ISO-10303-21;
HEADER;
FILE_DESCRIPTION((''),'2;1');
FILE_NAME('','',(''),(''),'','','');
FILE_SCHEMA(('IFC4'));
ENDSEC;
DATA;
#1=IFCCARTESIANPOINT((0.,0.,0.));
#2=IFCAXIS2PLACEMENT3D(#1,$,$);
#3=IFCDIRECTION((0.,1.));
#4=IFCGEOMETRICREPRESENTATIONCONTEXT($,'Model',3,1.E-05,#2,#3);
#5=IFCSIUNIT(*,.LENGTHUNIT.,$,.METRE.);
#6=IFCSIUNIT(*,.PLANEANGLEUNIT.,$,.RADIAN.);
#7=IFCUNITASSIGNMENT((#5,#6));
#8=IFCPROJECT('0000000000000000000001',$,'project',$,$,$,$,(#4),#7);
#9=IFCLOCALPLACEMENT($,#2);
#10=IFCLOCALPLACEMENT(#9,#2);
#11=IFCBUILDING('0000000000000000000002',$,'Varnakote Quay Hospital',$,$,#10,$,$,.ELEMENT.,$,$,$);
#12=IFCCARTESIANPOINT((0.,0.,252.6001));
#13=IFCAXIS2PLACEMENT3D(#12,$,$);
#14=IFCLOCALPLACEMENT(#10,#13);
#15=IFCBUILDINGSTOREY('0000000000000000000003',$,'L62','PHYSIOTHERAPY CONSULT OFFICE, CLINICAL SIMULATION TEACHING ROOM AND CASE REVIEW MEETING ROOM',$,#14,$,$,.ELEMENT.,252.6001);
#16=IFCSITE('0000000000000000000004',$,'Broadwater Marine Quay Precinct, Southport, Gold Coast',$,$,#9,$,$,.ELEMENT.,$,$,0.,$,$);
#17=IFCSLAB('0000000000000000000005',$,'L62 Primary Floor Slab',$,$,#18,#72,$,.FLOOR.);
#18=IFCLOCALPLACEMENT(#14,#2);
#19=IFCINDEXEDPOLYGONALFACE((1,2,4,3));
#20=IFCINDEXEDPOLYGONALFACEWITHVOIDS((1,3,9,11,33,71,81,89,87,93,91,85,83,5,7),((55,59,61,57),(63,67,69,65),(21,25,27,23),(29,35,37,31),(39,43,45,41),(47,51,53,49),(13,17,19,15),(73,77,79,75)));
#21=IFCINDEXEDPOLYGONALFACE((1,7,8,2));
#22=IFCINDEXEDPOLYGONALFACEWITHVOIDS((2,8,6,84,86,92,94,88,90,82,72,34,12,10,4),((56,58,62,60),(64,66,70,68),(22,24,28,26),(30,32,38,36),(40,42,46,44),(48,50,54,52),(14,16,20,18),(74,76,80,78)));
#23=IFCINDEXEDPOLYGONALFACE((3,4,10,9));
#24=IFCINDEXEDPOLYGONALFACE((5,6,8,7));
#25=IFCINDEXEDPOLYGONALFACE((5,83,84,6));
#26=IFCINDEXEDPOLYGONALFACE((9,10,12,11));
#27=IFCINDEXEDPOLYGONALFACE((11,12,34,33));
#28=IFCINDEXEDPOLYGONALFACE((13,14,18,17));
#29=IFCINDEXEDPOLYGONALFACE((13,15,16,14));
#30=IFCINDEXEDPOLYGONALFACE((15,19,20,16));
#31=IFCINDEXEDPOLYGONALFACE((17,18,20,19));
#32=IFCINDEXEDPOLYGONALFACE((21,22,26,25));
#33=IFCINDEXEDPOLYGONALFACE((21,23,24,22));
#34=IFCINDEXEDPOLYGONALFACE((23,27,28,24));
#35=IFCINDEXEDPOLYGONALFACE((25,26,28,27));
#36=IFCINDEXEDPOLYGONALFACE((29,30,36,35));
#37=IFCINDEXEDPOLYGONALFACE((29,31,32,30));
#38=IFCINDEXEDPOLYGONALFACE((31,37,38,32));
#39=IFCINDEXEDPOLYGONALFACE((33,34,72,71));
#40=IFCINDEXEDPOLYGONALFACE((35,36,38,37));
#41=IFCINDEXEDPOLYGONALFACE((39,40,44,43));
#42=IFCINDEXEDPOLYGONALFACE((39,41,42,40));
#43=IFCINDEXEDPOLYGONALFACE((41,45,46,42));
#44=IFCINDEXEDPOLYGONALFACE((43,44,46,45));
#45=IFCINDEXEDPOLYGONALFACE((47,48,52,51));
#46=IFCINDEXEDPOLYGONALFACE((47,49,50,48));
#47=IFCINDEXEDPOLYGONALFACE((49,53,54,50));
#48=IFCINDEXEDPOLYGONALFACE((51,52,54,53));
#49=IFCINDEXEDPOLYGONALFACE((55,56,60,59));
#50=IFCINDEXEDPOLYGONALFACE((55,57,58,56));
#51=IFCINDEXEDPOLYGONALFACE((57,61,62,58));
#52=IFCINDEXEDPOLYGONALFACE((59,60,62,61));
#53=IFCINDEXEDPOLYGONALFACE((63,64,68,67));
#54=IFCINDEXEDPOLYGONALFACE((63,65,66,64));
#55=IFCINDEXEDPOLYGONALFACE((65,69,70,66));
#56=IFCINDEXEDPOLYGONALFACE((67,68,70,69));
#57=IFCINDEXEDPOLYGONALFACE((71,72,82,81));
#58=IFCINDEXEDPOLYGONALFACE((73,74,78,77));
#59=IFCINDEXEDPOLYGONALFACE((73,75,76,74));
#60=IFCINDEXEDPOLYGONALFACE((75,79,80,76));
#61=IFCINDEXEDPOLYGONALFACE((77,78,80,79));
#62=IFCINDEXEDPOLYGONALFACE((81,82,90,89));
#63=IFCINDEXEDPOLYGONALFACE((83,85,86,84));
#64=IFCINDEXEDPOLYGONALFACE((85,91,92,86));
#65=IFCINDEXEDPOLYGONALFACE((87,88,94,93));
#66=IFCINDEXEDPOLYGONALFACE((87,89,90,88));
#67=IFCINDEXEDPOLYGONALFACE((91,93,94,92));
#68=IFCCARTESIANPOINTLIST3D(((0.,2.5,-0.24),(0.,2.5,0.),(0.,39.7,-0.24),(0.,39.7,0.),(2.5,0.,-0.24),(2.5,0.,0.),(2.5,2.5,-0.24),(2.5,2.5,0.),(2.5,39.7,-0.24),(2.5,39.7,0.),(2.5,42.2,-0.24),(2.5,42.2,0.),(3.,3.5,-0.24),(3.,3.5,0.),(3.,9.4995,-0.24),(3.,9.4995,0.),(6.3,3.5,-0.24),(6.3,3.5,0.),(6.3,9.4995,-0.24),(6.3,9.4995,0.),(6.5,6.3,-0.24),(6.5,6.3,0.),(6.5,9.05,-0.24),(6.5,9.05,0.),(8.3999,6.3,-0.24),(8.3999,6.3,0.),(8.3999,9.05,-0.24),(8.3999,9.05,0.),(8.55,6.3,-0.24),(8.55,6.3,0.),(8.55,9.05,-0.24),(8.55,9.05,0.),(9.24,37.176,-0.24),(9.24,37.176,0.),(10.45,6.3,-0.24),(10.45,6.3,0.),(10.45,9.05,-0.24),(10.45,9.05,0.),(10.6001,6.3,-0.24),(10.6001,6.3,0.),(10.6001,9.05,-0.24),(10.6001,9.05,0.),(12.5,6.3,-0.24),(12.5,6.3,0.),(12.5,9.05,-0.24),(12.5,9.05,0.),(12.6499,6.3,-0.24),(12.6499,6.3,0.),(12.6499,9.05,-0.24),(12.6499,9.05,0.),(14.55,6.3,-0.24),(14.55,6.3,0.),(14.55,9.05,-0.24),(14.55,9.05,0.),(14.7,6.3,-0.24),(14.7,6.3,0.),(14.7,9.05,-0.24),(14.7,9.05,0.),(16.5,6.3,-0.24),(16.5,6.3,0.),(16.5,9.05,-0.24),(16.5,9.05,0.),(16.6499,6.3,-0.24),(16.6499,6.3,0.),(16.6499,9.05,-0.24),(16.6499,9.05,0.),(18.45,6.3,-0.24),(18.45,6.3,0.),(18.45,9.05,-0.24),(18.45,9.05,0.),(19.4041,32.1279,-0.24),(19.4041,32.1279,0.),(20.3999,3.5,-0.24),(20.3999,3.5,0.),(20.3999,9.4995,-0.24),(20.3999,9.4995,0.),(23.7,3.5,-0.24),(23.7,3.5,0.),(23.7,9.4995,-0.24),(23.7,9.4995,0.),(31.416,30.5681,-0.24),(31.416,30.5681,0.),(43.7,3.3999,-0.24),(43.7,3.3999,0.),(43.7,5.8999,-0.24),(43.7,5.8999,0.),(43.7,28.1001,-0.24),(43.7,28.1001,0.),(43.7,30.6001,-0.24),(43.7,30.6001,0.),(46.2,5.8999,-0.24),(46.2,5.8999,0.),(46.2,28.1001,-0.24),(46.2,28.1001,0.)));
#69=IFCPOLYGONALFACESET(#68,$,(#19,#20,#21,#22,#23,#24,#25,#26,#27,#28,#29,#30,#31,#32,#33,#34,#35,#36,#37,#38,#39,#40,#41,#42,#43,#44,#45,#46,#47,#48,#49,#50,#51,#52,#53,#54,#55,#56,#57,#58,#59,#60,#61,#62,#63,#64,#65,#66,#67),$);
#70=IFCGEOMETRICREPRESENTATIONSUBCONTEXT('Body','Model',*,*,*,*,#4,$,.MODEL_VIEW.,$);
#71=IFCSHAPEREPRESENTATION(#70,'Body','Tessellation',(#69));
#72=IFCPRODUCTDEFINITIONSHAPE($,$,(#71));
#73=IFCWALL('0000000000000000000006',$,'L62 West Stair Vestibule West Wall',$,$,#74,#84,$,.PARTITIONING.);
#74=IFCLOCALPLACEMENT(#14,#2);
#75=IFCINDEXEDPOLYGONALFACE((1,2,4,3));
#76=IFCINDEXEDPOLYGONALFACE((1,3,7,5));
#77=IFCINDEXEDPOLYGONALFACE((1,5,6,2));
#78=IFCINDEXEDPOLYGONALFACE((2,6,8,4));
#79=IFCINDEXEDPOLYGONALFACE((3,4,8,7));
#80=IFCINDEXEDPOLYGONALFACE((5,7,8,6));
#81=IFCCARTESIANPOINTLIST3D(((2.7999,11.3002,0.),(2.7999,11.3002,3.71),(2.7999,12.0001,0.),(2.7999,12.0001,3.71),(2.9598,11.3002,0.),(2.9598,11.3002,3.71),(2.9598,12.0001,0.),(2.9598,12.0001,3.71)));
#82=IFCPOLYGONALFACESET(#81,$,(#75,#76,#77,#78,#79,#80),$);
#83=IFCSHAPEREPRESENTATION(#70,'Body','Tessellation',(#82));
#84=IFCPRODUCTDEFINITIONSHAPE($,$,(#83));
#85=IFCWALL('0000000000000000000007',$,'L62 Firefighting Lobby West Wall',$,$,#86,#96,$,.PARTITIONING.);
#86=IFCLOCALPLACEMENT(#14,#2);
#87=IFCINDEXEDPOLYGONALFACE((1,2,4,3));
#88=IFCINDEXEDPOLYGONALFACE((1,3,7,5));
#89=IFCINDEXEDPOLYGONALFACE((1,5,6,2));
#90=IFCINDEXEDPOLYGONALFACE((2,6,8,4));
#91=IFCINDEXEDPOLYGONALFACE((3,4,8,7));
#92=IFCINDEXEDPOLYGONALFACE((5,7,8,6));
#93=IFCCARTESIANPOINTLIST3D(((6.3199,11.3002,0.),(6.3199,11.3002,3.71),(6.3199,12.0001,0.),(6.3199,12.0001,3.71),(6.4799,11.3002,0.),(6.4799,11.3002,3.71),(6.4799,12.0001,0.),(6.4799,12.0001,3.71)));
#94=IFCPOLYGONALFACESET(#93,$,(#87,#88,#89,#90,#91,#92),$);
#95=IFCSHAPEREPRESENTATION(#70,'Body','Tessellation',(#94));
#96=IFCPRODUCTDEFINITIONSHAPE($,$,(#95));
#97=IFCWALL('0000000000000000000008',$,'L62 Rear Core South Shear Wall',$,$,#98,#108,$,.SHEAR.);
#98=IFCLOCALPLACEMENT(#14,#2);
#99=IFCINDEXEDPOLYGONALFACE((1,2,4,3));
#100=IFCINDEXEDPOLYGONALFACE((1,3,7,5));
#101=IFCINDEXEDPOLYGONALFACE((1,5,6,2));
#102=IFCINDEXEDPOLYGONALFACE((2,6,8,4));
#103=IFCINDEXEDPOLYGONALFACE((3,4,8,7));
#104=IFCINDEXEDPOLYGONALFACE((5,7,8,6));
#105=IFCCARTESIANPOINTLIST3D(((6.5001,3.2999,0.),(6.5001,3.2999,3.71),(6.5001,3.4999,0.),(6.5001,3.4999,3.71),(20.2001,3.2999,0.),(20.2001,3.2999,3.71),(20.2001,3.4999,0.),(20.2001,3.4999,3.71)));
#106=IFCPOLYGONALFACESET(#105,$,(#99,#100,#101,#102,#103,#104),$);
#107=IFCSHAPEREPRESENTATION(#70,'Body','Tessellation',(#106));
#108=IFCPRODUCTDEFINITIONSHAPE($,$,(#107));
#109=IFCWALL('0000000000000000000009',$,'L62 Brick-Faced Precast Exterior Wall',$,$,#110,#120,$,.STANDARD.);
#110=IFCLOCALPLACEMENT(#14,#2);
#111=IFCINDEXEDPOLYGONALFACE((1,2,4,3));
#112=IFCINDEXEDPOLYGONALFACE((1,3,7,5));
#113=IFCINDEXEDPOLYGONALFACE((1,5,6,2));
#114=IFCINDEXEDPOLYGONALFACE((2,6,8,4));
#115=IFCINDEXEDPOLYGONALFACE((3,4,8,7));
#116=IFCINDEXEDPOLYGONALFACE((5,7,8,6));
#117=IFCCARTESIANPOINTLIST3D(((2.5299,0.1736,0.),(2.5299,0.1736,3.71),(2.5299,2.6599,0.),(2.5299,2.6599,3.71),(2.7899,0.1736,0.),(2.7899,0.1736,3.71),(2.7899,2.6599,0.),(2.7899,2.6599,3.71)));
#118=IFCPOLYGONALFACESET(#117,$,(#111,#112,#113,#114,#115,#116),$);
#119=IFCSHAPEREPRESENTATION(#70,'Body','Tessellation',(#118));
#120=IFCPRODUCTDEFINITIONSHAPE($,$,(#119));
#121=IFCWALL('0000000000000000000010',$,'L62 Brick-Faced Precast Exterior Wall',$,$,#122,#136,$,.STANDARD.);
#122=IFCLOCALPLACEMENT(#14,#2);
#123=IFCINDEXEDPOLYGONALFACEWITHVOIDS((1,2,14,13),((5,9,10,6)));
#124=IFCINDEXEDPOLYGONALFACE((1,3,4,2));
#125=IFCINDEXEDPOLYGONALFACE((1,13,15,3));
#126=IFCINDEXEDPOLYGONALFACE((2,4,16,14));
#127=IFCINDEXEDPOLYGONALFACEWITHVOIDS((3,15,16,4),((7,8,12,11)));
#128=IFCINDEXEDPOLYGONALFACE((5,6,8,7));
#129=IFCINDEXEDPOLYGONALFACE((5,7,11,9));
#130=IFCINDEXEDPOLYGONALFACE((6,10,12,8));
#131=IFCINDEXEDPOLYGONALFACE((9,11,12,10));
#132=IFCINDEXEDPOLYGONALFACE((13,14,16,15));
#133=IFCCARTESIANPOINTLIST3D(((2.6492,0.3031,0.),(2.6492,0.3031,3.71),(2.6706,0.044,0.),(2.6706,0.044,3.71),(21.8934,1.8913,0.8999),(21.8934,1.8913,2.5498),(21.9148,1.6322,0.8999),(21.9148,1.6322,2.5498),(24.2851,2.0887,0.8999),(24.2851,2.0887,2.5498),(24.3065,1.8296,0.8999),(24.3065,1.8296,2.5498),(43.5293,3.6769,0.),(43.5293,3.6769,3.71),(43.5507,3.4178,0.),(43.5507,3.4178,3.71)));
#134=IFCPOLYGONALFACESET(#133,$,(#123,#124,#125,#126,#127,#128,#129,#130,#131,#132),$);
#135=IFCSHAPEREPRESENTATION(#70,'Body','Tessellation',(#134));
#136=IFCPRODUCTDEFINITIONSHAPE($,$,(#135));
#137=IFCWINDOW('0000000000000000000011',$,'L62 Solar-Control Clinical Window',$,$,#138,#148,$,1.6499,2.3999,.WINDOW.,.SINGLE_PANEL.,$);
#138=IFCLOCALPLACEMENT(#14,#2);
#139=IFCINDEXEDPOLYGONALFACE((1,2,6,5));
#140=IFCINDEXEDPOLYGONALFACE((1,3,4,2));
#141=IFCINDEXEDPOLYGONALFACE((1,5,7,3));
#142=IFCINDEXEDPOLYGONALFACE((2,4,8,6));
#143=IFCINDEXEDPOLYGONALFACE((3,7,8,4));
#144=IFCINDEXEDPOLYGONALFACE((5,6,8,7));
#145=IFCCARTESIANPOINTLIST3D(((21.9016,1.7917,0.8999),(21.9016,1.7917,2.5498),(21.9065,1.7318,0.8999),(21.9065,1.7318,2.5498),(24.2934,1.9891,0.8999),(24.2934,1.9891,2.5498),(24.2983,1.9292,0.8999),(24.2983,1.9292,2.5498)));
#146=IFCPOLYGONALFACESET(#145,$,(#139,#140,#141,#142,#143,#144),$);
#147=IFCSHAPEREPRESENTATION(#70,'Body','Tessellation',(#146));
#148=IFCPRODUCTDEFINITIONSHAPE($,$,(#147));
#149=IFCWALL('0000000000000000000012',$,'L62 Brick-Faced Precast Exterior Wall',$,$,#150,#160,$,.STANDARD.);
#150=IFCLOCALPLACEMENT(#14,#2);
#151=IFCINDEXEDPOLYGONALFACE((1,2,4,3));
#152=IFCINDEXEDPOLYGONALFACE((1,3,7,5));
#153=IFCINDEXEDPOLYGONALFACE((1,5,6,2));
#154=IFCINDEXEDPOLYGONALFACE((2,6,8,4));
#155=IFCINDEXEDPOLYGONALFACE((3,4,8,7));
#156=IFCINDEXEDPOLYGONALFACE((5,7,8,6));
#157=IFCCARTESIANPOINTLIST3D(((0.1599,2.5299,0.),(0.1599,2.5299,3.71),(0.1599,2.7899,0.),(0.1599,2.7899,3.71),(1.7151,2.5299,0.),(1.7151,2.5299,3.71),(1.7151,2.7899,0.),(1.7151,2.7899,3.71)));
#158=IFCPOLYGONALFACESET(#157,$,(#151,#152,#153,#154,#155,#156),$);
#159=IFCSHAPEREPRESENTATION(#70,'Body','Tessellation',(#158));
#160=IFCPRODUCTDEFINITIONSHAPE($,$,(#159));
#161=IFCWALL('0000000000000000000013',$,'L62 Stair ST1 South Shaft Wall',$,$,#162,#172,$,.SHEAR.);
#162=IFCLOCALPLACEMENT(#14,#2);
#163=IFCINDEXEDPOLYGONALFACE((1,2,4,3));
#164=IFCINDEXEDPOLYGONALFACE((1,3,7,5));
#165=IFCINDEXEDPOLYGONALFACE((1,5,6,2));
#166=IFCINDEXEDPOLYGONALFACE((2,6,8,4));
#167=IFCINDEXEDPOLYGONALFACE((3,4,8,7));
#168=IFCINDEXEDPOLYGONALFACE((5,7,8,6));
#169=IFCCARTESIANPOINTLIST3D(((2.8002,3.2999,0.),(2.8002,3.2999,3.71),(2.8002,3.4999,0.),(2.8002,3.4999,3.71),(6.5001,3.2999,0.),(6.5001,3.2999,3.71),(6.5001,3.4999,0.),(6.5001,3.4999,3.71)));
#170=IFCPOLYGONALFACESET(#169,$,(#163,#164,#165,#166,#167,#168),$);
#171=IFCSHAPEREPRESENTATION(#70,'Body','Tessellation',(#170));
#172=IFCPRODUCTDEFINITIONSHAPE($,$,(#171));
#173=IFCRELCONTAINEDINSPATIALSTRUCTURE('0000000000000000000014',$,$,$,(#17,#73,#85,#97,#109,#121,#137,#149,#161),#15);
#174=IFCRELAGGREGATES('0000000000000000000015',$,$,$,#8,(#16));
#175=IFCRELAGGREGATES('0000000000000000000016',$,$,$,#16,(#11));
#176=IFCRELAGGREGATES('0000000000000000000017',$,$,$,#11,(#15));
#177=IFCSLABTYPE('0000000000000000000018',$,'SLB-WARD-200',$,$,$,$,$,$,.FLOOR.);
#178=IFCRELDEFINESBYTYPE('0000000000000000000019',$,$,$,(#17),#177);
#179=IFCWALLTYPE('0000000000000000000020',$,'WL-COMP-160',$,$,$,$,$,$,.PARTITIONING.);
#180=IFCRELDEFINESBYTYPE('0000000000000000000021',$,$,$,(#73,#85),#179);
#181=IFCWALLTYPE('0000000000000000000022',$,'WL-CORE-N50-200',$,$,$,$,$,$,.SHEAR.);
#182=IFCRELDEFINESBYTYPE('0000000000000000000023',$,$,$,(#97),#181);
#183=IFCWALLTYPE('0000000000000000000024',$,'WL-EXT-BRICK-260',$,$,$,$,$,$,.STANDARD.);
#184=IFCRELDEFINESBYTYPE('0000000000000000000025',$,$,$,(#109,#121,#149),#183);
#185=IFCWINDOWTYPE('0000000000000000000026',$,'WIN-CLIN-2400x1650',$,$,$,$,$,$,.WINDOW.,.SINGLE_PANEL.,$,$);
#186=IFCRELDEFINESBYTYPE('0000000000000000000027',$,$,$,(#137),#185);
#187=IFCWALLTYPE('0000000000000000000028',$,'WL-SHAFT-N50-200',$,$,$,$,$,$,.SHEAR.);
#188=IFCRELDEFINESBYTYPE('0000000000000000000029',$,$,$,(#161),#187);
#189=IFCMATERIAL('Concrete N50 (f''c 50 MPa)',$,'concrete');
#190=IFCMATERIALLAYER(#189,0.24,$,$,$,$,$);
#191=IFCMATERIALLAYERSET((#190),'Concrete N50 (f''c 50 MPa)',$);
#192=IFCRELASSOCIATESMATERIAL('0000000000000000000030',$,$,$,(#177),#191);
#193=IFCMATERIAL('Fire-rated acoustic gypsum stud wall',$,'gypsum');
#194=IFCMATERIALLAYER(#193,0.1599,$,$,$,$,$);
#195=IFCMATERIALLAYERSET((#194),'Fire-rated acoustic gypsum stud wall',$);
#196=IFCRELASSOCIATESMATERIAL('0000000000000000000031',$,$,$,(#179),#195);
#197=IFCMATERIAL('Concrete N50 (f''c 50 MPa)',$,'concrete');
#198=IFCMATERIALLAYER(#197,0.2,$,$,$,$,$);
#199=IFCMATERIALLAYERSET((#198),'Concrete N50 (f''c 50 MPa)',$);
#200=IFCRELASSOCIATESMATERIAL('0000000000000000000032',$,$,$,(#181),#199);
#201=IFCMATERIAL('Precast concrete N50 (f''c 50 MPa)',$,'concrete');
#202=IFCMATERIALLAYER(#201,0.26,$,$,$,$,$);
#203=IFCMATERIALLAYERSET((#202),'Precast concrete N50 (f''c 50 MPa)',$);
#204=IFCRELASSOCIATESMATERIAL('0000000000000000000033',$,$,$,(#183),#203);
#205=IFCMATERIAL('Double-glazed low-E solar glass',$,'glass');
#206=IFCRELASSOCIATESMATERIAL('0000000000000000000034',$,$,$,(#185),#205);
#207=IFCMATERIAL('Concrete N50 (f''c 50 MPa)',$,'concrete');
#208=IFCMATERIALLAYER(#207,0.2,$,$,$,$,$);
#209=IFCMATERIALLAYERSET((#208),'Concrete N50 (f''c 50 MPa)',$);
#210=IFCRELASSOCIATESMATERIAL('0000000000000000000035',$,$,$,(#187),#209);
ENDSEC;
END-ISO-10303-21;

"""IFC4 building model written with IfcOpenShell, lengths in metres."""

from ifc_helpers import new_model, si_unit, direction, frame, frame_2d, origin, place, context, subcontext, project, spatial, polyline, rectangle, outline, extrude, material, layer, layer_set, type_object, element, fill, save


model = new_model("IFC4")

# Units and contexts
model_context = context("Model", 3, precision=1e-05, world=origin(), true_north=direction((0.0, 1.0)))
body_context = subcontext(model_context, "Body", "Model", "MODEL_VIEW")
ifc_project = project(units=[si_unit("LENGTHUNIT", "METRE"), si_unit("PLANEANGLEUNIT", "RADIAN")], contexts=[model_context])

# Site, building, storey
site_placement = place(None, origin())
site = spatial("IfcSite", under=ifc_project, at=site_placement, Name="Broadwater Marine Quay Precinct, Southport, Gold Coast", CompositionType="ELEMENT", RefElevation=0.0)
building_placement = place(site_placement, origin())
building = spatial("IfcBuilding", under=site, at=building_placement, Name="Varnakote Quay Hospital", CompositionType="ELEMENT")
storey_placement = place(building_placement, frame((0.0, 0.0, 252.6001)))
storey = spatial("IfcBuildingStorey", under=building, at=storey_placement, Name="L62", Description="PHYSIOTHERAPY CONSULT OFFICE, CLINICAL SIMULATION TEACHING ROOM AND CASE REVIEW MEETING ROOM", CompositionType="ELEMENT", Elevation=252.6001)

# Slab
ifc_material_1 = material(Name="Concrete N50 (f'c 50 MPa)", Category="concrete")
ifc_layer_1 = layer(ifc_material_1, 0.24)
ifc_layer_set_1 = layer_set([ifc_layer_1], Name="Concrete N50 (f'c 50 MPa)")
slab_type_1 = type_object("IfcSlabType", Name="SLB-WARD-200", PredefinedType="FLOOR", material=ifc_layer_set_1)
slab_1_placement = place(storey_placement, frame((0.0, 0.0, -0.24)))
element("IfcSlab", 1, at=slab_1_placement, inside=storey, type_object=slab_type_1, Name="L62 Primary Floor Slab", PredefinedType="FLOOR", context=body_context, shape_type="SweptSolid", body=[
    extrude(outline(polyline([(0.0, 2.5), (2.5, 2.5), (2.5, 0.0), (43.7, 3.3999), (43.7, 5.8999), (46.2, 5.8999), (46.2, 28.1001), (43.7, 28.1001), (43.7, 30.6001), (31.416, 30.5681), (19.4041, 32.1279), (9.24, 37.176), (2.5, 42.2), (2.5, 39.7), (0.0, 39.7), (0.0, 2.5)]), holes=[polyline([(3.0, 3.5), (6.3, 3.5), (6.3, 9.4995), (3.0, 9.4995), (3.0, 3.5)]), polyline([(20.3999, 3.5), (23.7, 3.5), (23.7, 9.4995), (20.3999, 9.4995), (20.3999, 3.5)]), polyline([(6.5, 6.3), (8.3999, 6.3), (8.3999, 9.05), (6.5, 9.05), (6.5, 6.3)]), polyline([(8.55, 6.3), (10.45, 6.3), (10.45, 9.05), (8.55, 9.05), (8.55, 6.3)]), polyline([(10.6001, 6.3), (12.5, 6.3), (12.5, 9.05), (10.6001, 9.05), (10.6001, 6.3)]), polyline([(12.6499, 6.3), (14.55, 6.3), (14.55, 9.05), (12.6499, 9.05), (12.6499, 6.3)]), polyline([(14.7, 6.3), (16.5, 6.3), (16.5, 9.05), (14.7, 9.05), (14.7, 6.3)]), polyline([(16.6499, 6.3), (18.45, 6.3), (18.45, 9.05), (16.6499, 9.05), (16.6499, 6.3)])]), origin(), (0.0, 0.0, 1.0), 0.24),
])

# Walls
ifc_material_2 = material(Name="Fire-rated acoustic gypsum stud wall", Category="gypsum")
ifc_layer_2 = layer(ifc_material_2, 0.1599)
ifc_layer_set_2 = layer_set([ifc_layer_2], Name="Fire-rated acoustic gypsum stud wall")
wall_type_1 = type_object("IfcWallType", Name="WL-COMP-160", PredefinedType="PARTITIONING", material=ifc_layer_set_2)
for number, where, z_axis, x_axis, name in (
    (2, (2.8799, 11.3, 0.0), (0.0, 0.0, 1.0), (0.0, 1.0, 0.0), "L62 West Stair Vestibule West Wall"),
    (3, (6.3999, 11.3, 0.0), (0.0, 0.0, 1.0), (0.0, 1.0, 0.0), "L62 Firefighting Lobby West Wall"),
):
    element("IfcWall", number, at=place(storey_placement, frame(where, z_axis=z_axis, x_axis=x_axis)), inside=storey, type_object=wall_type_1, Name=name, PredefinedType="PARTITIONING", context=body_context, shape_type="SweptSolid", body=[
        extrude(rectangle(XDim=0.7, YDim=0.1599, at=frame_2d((0.3501, 0.0))), origin(), (0.0, 0.0, 1.0), 3.71),
    ])
ifc_material_3 = material(Name="Concrete N50 (f'c 50 MPa)", Category="concrete")
ifc_layer_3 = layer(ifc_material_3, 0.2)
ifc_layer_set_3 = layer_set([ifc_layer_3], Name="Concrete N50 (f'c 50 MPa)")
wall_type_2 = type_object("IfcWallType", Name="WL-CORE-N50-200", PredefinedType="SHEAR", material=ifc_layer_set_3)
wall_1_placement = place(storey_placement, frame((6.5, 3.3999, 0.0), z_axis=(0.0, 0.0, 1.0), x_axis=(1.0, 0.0, 0.0)))
element("IfcWall", 4, at=wall_1_placement, inside=storey, type_object=wall_type_2, Name="L62 Rear Core South Shear Wall", PredefinedType="SHEAR", context=body_context, shape_type="SweptSolid", body=[
    extrude(rectangle(XDim=13.7, YDim=0.2, at=frame_2d((6.8501, 0.0))), origin(), (0.0, 0.0, 1.0), 3.71),
])
ifc_material_4 = material(Name="Precast concrete N50 (f'c 50 MPa)", Category="concrete")
ifc_layer_4 = layer(ifc_material_4, 0.26)
ifc_layer_set_4 = layer_set([ifc_layer_4], Name="Precast concrete N50 (f'c 50 MPa)")
wall_type_3 = type_object("IfcWallType", Name="WL-EXT-BRICK-260", PredefinedType="STANDARD", material=ifc_layer_set_4)
wall_2_placement = place(storey_placement, frame((2.6599, 2.6599, 0.0), z_axis=(0.0, 0.0, 1.0), x_axis=(0.0, -1.0, 0.0)))
element("IfcWall", 5, at=wall_2_placement, inside=storey, type_object=wall_type_3, Name="L62 Brick-Faced Precast Exterior Wall", PredefinedType="STANDARD", context=body_context, shape_type="SweptSolid", body=[
    extrude(rectangle(XDim=2.4863, YDim=0.26, at=frame_2d((1.2432, 0.0))), origin(), (0.0, 0.0, 1.0), 3.71),
])

# Wall, opening, window
wall_3_placement = place(storey_placement, frame((2.6599, 0.1736, 0.0), z_axis=(0.0, 0.0, 1.0), x_axis=(0.996612, 0.082249, 0.0)))
wall_3 = element("IfcWall", 6, at=wall_3_placement, inside=storey, type_object=wall_type_3, Name="L62 Brick-Faced Precast Exterior Wall", PredefinedType="STANDARD", context=body_context, shape_type="SweptSolid", body=[
    extrude(rectangle(XDim=41.019, YDim=0.26, at=frame_2d((20.5095, 0.0))), origin(), (0.0, 0.0, 1.0), 3.71),
])
opening_1_placement = place(wall_3_placement, frame((19.3096, 0.0, 0.8999)))
opening_1 = element("IfcOpeningElement", 7, at=opening_1_placement, cuts=wall_3, PredefinedType="OPENING", context=body_context, shape_type="SweptSolid", body=[
    extrude(rectangle(XDim=2.3999, YDim=1.6499, at=frame_2d((1.2, 0.825))), frame((0.0, 0.1399, 0.0), z_axis=(0.0, -1.0, 0.0), x_axis=(1.0, 0.0, 0.0)), (0.0, 0.0, 1.0), 0.28),
])
ifc_material_5 = material(Name="Double-glazed low-E solar glass", Category="glass")
window_type = type_object("IfcWindowType", Name="WIN-CLIN-2400x1650", PartitioningType="SINGLE_PANEL", PredefinedType="WINDOW", material=ifc_material_5)
window_placement = place(opening_1_placement, origin())
window = element("IfcWindow", 8, at=window_placement, inside=storey, type_object=window_type, Name="L62 Solar-Control Clinical Window", OverallHeight=1.6499, OverallWidth=2.3999, PartitioningType="SINGLE_PANEL", PredefinedType="WINDOW", context=body_context, shape_type="SweptSolid", body=[
    extrude(rectangle(XDim=2.3999, YDim=1.6499, at=frame_2d((1.2, 0.825))), frame((0.0, 0.03, 0.0), z_axis=(0.0, -1.0, 0.0), x_axis=(1.0, 0.0, 0.0)), (0.0, 0.0, 1.0), 0.0601),
])
fill(opening_1, window)

# Walls
wall_4_placement = place(storey_placement, frame((0.1599, 2.6599, 0.0), z_axis=(0.0, 0.0, 1.0), x_axis=(1.0, 0.0, 0.0)))
element("IfcWall", 9, at=wall_4_placement, inside=storey, type_object=wall_type_3, Name="L62 Brick-Faced Precast Exterior Wall", PredefinedType="STANDARD", context=body_context, shape_type="SweptSolid", body=[
    extrude(rectangle(XDim=1.5552, YDim=0.26, at=frame_2d((0.7776, 0.0))), origin(), (0.0, 0.0, 1.0), 3.71),
])
ifc_material_6 = material(Name="Concrete N50 (f'c 50 MPa)", Category="concrete")
ifc_layer_5 = layer(ifc_material_6, 0.2)
ifc_layer_set_5 = layer_set([ifc_layer_5], Name="Concrete N50 (f'c 50 MPa)")
wall_type_4 = type_object("IfcWallType", Name="WL-SHAFT-N50-200", PredefinedType="SHEAR", material=ifc_layer_set_5)
wall_5_placement = place(storey_placement, frame((2.8, 3.3999, 0.0), z_axis=(0.0, 0.0, 1.0), x_axis=(1.0, 0.0, 0.0)))
element("IfcWall", 10, at=wall_5_placement, inside=storey, type_object=wall_type_4, Name="L62 Stair ST1 South Shaft Wall", PredefinedType="SHEAR", context=body_context, shape_type="SweptSolid", body=[
    extrude(rectangle(XDim=3.7, YDim=0.2, at=frame_2d((1.8501, 0.0))), origin(), (0.0, 0.0, 1.0), 3.71),
])

save(model, "model.ifc")
